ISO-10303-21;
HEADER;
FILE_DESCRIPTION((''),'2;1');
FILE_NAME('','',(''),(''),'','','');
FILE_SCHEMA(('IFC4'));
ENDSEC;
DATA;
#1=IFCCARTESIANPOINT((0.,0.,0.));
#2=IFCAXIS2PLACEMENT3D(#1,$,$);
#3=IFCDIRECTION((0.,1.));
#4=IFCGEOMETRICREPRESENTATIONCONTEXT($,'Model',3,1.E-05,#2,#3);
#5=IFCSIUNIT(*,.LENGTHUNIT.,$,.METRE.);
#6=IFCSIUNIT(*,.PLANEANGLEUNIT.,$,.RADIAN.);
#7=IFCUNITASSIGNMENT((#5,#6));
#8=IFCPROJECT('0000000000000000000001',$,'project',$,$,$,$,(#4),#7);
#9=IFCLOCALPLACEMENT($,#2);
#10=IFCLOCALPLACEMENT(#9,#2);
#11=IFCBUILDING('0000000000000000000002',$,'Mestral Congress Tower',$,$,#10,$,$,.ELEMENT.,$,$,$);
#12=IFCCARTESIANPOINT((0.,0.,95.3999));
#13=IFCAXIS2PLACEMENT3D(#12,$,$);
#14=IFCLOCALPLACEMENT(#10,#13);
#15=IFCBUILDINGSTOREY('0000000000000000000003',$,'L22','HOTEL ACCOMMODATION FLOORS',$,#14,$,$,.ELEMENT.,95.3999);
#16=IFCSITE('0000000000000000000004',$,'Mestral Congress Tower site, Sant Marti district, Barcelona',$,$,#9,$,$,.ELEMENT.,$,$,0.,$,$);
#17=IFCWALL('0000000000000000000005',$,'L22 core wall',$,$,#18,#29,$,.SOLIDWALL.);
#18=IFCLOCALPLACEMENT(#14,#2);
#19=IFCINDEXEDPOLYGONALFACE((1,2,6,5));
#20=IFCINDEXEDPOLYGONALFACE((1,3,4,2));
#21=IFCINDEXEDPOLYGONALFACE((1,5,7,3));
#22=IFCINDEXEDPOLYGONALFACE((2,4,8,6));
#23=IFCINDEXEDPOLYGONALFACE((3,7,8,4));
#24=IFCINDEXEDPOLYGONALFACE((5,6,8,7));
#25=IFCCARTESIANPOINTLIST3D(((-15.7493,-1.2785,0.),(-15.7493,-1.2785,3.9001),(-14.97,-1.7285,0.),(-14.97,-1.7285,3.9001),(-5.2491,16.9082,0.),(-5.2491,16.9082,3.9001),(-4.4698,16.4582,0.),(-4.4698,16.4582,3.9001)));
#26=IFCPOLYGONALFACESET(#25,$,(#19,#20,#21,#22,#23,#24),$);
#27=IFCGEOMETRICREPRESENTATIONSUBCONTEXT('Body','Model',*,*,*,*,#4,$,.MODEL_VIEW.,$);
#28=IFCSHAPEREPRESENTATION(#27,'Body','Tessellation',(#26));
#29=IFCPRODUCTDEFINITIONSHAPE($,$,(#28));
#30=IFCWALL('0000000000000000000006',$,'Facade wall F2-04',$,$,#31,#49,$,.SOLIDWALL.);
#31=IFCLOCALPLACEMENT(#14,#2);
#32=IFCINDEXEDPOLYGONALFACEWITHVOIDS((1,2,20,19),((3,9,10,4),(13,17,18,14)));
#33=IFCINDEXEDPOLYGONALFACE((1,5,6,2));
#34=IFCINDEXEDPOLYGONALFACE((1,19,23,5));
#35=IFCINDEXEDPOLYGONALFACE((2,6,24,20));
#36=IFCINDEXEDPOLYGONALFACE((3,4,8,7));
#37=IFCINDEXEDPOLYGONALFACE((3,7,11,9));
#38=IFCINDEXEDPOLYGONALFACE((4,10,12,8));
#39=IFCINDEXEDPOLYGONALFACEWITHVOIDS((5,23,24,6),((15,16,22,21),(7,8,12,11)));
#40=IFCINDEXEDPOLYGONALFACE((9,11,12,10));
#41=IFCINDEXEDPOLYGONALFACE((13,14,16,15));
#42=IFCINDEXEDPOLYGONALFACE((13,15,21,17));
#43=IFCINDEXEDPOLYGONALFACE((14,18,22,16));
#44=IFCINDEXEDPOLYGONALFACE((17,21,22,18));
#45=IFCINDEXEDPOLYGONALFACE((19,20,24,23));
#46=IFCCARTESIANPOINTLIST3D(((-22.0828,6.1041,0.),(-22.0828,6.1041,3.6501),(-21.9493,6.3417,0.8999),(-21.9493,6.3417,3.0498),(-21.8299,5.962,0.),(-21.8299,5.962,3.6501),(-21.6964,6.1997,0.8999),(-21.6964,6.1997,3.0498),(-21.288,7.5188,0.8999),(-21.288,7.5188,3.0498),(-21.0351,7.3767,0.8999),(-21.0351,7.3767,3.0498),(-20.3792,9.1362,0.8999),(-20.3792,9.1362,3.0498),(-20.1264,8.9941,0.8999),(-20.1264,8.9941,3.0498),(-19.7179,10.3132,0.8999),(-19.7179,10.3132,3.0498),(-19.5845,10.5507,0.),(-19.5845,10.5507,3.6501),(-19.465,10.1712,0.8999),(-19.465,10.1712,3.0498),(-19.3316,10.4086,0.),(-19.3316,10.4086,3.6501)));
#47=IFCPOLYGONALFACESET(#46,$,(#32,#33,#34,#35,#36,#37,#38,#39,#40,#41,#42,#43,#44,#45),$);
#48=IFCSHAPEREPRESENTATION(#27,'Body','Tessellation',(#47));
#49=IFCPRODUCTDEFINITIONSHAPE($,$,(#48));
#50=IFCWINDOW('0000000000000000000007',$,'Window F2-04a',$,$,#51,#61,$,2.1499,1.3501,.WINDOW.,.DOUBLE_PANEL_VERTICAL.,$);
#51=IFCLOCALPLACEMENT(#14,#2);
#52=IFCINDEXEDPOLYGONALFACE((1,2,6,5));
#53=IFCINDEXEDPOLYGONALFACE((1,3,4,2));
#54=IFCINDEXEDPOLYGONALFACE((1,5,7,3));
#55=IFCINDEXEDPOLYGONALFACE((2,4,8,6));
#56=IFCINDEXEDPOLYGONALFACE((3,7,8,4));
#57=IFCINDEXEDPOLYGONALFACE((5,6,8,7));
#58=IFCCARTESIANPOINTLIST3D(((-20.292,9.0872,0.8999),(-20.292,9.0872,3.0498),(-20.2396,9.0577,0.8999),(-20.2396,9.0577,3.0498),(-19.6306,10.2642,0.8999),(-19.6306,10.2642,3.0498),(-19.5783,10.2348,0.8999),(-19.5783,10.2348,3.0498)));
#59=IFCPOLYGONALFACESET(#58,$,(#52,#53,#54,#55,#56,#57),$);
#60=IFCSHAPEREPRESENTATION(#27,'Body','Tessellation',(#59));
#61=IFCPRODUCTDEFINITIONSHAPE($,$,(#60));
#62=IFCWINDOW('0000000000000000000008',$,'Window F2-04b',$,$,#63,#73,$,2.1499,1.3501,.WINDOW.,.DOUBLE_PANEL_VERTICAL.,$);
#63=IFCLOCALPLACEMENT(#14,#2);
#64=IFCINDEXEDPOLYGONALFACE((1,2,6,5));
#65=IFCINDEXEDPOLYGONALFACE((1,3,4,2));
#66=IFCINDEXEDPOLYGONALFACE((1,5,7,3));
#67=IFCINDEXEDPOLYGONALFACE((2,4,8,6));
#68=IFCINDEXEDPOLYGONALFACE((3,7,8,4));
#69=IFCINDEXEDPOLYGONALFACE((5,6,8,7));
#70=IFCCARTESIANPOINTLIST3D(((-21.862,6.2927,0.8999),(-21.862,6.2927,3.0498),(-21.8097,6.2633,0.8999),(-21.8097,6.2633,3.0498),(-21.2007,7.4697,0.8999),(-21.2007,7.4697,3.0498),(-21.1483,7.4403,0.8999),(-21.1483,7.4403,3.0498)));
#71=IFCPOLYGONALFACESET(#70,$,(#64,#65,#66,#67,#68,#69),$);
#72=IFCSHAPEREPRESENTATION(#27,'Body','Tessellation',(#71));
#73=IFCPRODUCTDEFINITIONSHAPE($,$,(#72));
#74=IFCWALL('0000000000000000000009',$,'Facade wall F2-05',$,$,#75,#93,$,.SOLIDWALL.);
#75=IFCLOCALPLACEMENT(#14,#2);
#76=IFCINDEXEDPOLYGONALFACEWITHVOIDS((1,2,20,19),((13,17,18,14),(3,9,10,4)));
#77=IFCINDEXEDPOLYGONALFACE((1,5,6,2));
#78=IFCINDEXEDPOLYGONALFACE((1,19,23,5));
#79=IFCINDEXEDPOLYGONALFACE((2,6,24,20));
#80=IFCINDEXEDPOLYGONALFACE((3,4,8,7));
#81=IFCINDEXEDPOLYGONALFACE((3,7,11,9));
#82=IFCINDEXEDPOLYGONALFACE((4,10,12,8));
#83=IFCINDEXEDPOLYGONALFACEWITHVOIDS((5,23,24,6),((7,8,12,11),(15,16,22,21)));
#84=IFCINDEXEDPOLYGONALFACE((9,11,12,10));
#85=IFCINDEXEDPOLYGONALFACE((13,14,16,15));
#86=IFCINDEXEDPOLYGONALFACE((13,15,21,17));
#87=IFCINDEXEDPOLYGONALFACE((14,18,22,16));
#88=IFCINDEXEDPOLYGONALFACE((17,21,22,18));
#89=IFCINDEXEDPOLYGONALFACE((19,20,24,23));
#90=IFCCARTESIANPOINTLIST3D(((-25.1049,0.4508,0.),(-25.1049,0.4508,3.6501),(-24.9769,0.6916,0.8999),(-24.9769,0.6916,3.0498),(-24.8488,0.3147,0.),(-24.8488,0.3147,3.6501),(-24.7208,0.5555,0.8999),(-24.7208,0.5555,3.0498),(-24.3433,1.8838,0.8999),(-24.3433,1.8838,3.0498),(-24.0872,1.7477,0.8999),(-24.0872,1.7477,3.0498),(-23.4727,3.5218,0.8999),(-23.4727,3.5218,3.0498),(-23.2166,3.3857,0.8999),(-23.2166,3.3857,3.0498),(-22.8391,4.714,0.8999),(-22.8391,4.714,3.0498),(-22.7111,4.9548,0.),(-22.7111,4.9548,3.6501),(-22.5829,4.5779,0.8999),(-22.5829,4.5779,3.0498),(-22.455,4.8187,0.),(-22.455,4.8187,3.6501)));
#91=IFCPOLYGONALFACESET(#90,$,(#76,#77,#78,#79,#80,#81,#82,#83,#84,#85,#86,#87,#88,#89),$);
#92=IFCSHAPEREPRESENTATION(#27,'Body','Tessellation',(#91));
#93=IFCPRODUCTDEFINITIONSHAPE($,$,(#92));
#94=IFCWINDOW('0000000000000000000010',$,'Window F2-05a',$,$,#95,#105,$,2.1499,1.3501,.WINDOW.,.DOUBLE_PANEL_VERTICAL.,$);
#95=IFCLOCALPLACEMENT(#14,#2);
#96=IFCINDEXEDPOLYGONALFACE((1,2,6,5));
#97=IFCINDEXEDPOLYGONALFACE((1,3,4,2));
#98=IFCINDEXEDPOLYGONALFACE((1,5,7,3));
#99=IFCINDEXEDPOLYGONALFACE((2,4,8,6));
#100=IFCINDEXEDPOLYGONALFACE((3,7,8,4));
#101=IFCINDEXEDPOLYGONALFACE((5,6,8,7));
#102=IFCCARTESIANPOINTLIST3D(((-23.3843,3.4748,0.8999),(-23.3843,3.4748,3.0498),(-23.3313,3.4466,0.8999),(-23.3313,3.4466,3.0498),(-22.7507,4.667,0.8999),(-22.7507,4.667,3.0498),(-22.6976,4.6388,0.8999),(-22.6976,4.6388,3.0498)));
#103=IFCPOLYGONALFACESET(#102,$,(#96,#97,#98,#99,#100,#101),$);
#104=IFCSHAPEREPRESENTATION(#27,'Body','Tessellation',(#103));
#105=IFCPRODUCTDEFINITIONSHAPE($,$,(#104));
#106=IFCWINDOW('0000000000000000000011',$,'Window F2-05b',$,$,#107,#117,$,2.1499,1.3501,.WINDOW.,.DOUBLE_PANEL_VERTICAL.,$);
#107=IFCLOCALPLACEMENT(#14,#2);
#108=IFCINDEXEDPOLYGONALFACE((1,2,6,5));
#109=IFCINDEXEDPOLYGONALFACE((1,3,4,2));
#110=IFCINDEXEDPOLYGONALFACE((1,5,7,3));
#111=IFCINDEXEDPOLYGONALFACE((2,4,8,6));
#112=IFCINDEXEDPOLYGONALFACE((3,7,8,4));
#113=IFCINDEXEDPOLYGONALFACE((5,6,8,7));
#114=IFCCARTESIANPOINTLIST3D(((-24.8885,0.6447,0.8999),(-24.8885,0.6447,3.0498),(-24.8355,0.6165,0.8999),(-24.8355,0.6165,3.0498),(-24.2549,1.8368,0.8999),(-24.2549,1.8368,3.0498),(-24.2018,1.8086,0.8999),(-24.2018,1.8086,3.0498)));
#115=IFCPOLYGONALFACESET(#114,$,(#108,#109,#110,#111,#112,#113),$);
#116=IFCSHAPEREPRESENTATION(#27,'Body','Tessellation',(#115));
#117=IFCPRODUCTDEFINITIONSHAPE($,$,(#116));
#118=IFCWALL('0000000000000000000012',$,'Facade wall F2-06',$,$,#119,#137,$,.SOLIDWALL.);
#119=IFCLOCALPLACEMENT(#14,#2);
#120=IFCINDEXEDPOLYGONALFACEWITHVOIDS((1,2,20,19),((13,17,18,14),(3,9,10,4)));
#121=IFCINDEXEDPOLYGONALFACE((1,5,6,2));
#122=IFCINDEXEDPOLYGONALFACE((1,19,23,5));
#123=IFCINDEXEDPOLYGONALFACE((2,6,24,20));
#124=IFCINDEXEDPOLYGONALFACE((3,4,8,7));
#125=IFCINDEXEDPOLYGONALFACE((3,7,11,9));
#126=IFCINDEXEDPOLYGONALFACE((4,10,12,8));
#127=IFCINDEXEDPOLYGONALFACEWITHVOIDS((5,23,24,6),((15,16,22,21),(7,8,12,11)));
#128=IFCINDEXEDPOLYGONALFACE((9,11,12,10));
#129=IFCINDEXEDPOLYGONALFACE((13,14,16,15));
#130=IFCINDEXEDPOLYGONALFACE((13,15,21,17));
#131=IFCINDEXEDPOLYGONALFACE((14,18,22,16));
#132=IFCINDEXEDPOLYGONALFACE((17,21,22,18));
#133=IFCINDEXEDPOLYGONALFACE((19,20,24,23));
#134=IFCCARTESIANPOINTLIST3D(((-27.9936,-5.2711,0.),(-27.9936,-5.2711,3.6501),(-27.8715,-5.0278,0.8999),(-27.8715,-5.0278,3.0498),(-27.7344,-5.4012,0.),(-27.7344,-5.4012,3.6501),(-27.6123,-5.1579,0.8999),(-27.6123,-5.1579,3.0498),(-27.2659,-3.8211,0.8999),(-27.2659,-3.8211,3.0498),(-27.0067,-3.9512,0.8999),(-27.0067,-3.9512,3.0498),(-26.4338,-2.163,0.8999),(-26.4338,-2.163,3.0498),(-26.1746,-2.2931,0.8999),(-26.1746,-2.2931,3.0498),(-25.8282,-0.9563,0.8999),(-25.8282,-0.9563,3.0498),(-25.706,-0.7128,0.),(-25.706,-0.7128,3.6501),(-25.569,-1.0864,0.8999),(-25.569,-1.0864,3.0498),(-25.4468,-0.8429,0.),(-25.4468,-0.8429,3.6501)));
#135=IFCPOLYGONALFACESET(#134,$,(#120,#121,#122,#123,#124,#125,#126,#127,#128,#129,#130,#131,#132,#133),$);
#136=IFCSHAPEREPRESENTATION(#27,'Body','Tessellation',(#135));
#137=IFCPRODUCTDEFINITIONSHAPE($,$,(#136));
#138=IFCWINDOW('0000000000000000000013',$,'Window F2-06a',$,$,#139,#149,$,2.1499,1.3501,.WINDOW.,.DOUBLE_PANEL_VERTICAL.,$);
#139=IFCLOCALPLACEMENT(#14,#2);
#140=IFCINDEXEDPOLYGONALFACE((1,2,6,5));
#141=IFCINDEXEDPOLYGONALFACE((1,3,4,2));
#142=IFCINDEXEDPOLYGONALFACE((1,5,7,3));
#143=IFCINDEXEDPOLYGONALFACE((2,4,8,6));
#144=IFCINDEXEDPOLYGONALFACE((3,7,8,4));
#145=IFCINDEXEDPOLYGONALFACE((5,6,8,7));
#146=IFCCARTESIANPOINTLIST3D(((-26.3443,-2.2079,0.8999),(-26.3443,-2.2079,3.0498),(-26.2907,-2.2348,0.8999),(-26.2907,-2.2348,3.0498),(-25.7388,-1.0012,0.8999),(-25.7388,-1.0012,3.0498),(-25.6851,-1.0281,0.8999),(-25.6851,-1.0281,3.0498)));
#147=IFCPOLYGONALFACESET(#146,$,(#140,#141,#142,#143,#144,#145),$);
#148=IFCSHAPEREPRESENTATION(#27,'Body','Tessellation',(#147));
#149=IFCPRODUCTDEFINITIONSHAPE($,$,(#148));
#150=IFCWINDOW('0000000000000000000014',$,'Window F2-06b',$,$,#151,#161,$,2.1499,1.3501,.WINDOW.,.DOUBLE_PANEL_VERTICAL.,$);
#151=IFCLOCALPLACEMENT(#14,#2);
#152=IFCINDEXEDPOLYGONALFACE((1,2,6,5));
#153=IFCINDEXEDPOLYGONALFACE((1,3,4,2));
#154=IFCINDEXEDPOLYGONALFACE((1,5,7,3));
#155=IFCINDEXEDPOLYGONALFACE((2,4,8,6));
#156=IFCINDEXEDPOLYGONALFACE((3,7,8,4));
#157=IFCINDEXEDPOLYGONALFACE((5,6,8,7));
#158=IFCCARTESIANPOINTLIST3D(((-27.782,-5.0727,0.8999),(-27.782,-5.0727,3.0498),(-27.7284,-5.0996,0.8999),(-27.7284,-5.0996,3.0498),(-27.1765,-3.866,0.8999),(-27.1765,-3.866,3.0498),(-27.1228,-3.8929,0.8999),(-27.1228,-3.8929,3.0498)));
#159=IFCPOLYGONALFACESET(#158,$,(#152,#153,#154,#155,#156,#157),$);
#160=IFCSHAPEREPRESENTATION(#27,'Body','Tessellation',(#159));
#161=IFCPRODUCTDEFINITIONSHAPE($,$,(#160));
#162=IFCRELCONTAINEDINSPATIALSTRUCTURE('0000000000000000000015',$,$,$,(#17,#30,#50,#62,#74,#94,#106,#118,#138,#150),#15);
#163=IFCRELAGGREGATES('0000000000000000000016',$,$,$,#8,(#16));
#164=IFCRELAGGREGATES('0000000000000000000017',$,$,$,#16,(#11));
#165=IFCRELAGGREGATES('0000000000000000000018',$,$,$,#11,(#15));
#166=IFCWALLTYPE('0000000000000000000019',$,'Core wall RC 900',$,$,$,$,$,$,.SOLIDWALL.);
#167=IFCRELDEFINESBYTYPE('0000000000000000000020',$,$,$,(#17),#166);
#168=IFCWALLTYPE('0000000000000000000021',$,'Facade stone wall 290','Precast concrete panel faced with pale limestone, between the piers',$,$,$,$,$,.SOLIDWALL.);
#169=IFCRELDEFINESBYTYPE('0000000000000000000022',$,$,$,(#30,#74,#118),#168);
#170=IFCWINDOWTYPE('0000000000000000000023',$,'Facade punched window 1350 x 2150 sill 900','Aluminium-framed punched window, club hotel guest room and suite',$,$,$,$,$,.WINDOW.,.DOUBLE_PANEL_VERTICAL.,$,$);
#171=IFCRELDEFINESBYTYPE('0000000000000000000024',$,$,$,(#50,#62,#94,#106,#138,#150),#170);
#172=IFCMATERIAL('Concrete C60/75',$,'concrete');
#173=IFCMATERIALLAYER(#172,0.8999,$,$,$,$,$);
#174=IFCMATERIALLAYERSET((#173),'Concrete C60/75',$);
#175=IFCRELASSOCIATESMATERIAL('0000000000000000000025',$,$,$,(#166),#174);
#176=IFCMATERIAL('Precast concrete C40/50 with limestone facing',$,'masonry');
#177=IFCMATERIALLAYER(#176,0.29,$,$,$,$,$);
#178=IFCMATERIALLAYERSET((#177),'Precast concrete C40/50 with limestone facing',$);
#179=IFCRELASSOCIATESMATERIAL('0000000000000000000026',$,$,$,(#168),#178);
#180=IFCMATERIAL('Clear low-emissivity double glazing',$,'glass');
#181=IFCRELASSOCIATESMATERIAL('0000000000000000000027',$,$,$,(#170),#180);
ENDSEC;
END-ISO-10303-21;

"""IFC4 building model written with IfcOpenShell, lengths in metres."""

from ifc_helpers import new_model, si_unit, direction, frame, frame_2d, origin, place, context, subcontext, project, spatial, rectangle, extrude, material, layer, layer_set, type_object, element, fill, save


model = new_model("IFC4")

# Units and contexts
model_context = context("Model", 3, precision=1e-05, world=origin(), true_north=direction((0.0, 1.0)))
body_context = subcontext(model_context, "Body", "Model", "MODEL_VIEW")
ifc_project = project(units=[si_unit("LENGTHUNIT", "METRE"), si_unit("PLANEANGLEUNIT", "RADIAN")], contexts=[model_context])

# Site, building, storey
site_placement = place(None, origin())
site = spatial("IfcSite", under=ifc_project, at=site_placement, Name="Mestral Congress Tower site, Sant Marti district, Barcelona", CompositionType="ELEMENT", RefElevation=0.0)
building_placement = place(site_placement, origin())
building = spatial("IfcBuilding", under=site, at=building_placement, Name="Mestral Congress Tower", CompositionType="ELEMENT")
storey_placement = place(building_placement, frame((0.0, 0.0, 95.3999)))
storey = spatial("IfcBuildingStorey", under=building, at=storey_placement, Name="L22", Description="HOTEL ACCOMMODATION FLOORS", CompositionType="ELEMENT", Elevation=95.3999)

# Wall
ifc_material_1 = material(Name="Concrete C60/75", Category="concrete")
ifc_layer_1 = layer(ifc_material_1, 0.8999)
ifc_layer_set_1 = layer_set([ifc_layer_1], Name="Concrete C60/75")
wall_type_1 = type_object("IfcWallType", Name="Core wall RC 900", PredefinedType="SOLIDWALL", material=ifc_layer_set_1)
wall_1_placement = place(storey_placement, frame((-15.3596, -1.5034, 0.0), z_axis=(0.0, 0.0, 1.0), x_axis=(0.500004, 0.866023, 0.0)))
element("IfcWall", 1, at=wall_1_placement, inside=storey, type_object=wall_type_1, Name="L22 core wall", PredefinedType="SOLIDWALL", context=body_context, shape_type="SweptSolid", body=[
    extrude(rectangle(XDim=21.0002, YDim=0.8999, at=frame_2d((10.5, 0.0))), origin(), (0.0, 0.0, 1.0), 3.9001),
])

# Walls, openings, windows
ifc_material_2 = material(Name="Precast concrete C40/50 with limestone facing", Category="masonry")
ifc_layer_2 = layer(ifc_material_2, 0.29)
ifc_layer_set_2 = layer_set([ifc_layer_2], Name="Precast concrete C40/50 with limestone facing")
wall_type_2 = type_object("IfcWallType", Name="Facade stone wall 290", Description="Precast concrete panel faced with pale limestone, between the piers", PredefinedType="SOLIDWALL", material=ifc_layer_set_2)
wall_2_placement = place(storey_placement, frame((-19.458, 10.4797, 0.0), z_axis=(0.0, 0.0, 1.0), x_axis=(-0.489832, -0.871817, 0.0)))
wall_2 = element("IfcWall", 2, at=wall_2_placement, inside=storey, type_object=wall_type_2, Name="Facade wall F2-04", PredefinedType="SOLIDWALL", context=body_context, shape_type="SweptSolid", body=[
    extrude(rectangle(XDim=5.1003, YDim=0.29, at=frame_2d((2.5503, 0.0))), origin(), (0.0, 0.0, 1.0), 3.6501),
])
opening_1_placement = place(wall_2_placement, frame((0.2725, 0.0, 0.8999)))
opening_1 = element("IfcOpeningElement", 3, at=opening_1_placement, cuts=wall_2, PredefinedType="OPENING", context=body_context, shape_type="SweptSolid", body=[
    extrude(rectangle(XDim=1.3501, YDim=2.1499, at=frame_2d((0.675, 1.075))), frame((0.0, 0.155, 0.0), z_axis=(0.0, -1.0, 0.0), x_axis=(1.0, 0.0, 0.0)), (0.0, 0.0, 1.0), 0.3101),
])
opening_2_placement = place(wall_2_placement, frame((3.4778, 0.0, 0.8999)))
opening_2 = element("IfcOpeningElement", 4, at=opening_2_placement, cuts=wall_2, PredefinedType="OPENING", context=body_context, shape_type="SweptSolid", body=[
    extrude(rectangle(XDim=1.3501, YDim=2.1499, at=frame_2d((0.675, 1.075))), frame((0.0, 0.155, 0.0), z_axis=(0.0, -1.0, 0.0), x_axis=(1.0, 0.0, 0.0)), (0.0, 0.0, 1.0), 0.3101),
])
ifc_material_3 = material(Name="Clear low-emissivity double glazing", Category="glass")
window_type = type_object("IfcWindowType", Name="Facade punched window 1350 x 2150 sill 900", Description="Aluminium-framed punched window, club hotel guest room and suite", PartitioningType="DOUBLE_PANEL_VERTICAL", PredefinedType="WINDOW", material=ifc_material_3)
window_1_placement = place(opening_1_placement, origin())
window_1 = element("IfcWindow", 5, at=window_1_placement, inside=storey, type_object=window_type, Name="Window F2-04a", OverallHeight=2.1499, OverallWidth=1.3501, PartitioningType="DOUBLE_PANEL_VERTICAL", PredefinedType="WINDOW", context=body_context, shape_type="SweptSolid", body=[
    extrude(rectangle(XDim=1.3501, YDim=2.1499, at=frame_2d((0.675, 1.075))), frame((0.0, 0.0151, 0.0), z_axis=(0.0, -1.0, 0.0), x_axis=(1.0, 0.0, 0.0)), (0.0, 0.0, 1.0), 0.0601),
])
fill(opening_1, window_1)
window_2_placement = place(opening_2_placement, origin())
window_2 = element("IfcWindow", 6, at=window_2_placement, inside=storey, type_object=window_type, Name="Window F2-04b", OverallHeight=2.1499, OverallWidth=1.3501, PartitioningType="DOUBLE_PANEL_VERTICAL", PredefinedType="WINDOW", context=body_context, shape_type="SweptSolid", body=[
    extrude(rectangle(XDim=1.3501, YDim=2.1499, at=frame_2d((0.675, 1.075))), frame((0.0, 0.0151, 0.0), z_axis=(0.0, -1.0, 0.0), x_axis=(1.0, 0.0, 0.0)), (0.0, 0.0, 1.0), 0.0601),
])
fill(opening_2, window_2)
wall_3_placement = place(storey_placement, frame((-22.583, 4.8867, 0.0), z_axis=(0.0, 0.0, 1.0), x_axis=(-0.469323, -0.883026, 0.0)))
wall_3 = element("IfcWall", 7, at=wall_3_placement, inside=storey, type_object=wall_type_2, Name="Facade wall F2-05", PredefinedType="SOLIDWALL", context=body_context, shape_type="SweptSolid", body=[
    extrude(rectangle(XDim=5.1006, YDim=0.29, at=frame_2d((2.5503, 0.0))), origin(), (0.0, 0.0, 1.0), 3.6501),
])
opening_3_placement = place(wall_3_placement, frame((0.2727, 0.0, 0.8999)))
opening_3 = element("IfcOpeningElement", 8, at=opening_3_placement, cuts=wall_3, PredefinedType="OPENING", context=body_context, shape_type="SweptSolid", body=[
    extrude(rectangle(XDim=1.3501, YDim=2.1499, at=frame_2d((0.675, 1.075))), frame((0.0, 0.155, 0.0), z_axis=(0.0, -1.0, 0.0), x_axis=(1.0, 0.0, 0.0)), (0.0, 0.0, 1.0), 0.3101),
])
opening_4_placement = place(wall_3_placement, frame((3.4778, 0.0, 0.8999)))
opening_4 = element("IfcOpeningElement", 9, at=opening_4_placement, cuts=wall_3, PredefinedType="OPENING", context=body_context, shape_type="SweptSolid", body=[
    extrude(rectangle(XDim=1.3501, YDim=2.1499, at=frame_2d((0.675, 1.075))), frame((0.0, 0.155, 0.0), z_axis=(0.0, -1.0, 0.0), x_axis=(1.0, 0.0, 0.0)), (0.0, 0.0, 1.0), 0.3101),
])
window_3_placement = place(opening_3_placement, origin())
window_3 = element("IfcWindow", 10, at=window_3_placement, inside=storey, type_object=window_type, Name="Window F2-05a", OverallHeight=2.1499, OverallWidth=1.3501, PartitioningType="DOUBLE_PANEL_VERTICAL", PredefinedType="WINDOW", context=body_context, shape_type="SweptSolid", body=[
    extrude(rectangle(XDim=1.3501, YDim=2.1499, at=frame_2d((0.675, 1.075))), frame((0.0, 0.0151, 0.0), z_axis=(0.0, -1.0, 0.0), x_axis=(1.0, 0.0, 0.0)), (0.0, 0.0, 1.0), 0.0601),
])
fill(opening_3, window_3)
window_4_placement = place(opening_4_placement, origin())
window_4 = element("IfcWindow", 11, at=window_4_placement, inside=storey, type_object=window_type, Name="Window F2-05b", OverallHeight=2.1499, OverallWidth=1.3501, PartitioningType="DOUBLE_PANEL_VERTICAL", PredefinedType="WINDOW", context=body_context, shape_type="SweptSolid", body=[
    extrude(rectangle(XDim=1.3501, YDim=2.1499, at=frame_2d((0.675, 1.075))), frame((0.0, 0.0151, 0.0), z_axis=(0.0, -1.0, 0.0), x_axis=(1.0, 0.0, 0.0)), (0.0, 0.0, 1.0), 0.0601),
])
fill(opening_4, window_4)
wall_4_placement = place(storey_placement, frame((-25.5764, -0.7778, 0.0), z_axis=(0.0, 0.0, 1.0), x_axis=(-0.448534, -0.893766, 0.0)))
wall_4 = element("IfcWall", 12, at=wall_4_placement, inside=storey, type_object=wall_type_2, Name="Facade wall F2-06", PredefinedType="SOLIDWALL", context=body_context, shape_type="SweptSolid", body=[
    extrude(rectangle(XDim=5.1001, YDim=0.29, at=frame_2d((2.55, 0.0))), origin(), (0.0, 0.0, 1.0), 3.6501),
])
opening_5_placement = place(wall_4_placement, frame((0.2725, 0.0, 0.8999)))
opening_5 = element("IfcOpeningElement", 13, at=opening_5_placement, cuts=wall_4, PredefinedType="OPENING", context=body_context, shape_type="SweptSolid", body=[
    extrude(rectangle(XDim=1.3501, YDim=2.1499, at=frame_2d((0.675, 1.075))), frame((0.0, 0.155, 0.0), z_axis=(0.0, -1.0, 0.0), x_axis=(1.0, 0.0, 0.0)), (0.0, 0.0, 1.0), 0.3101),
])
opening_6_placement = place(wall_4_placement, frame((3.4778, 0.0, 0.8999)))
opening_6 = element("IfcOpeningElement", 14, at=opening_6_placement, cuts=wall_4, PredefinedType="OPENING", context=body_context, shape_type="SweptSolid", body=[
    extrude(rectangle(XDim=1.3501, YDim=2.1499, at=frame_2d((0.675, 1.075))), frame((0.0, 0.155, 0.0), z_axis=(0.0, -1.0, 0.0), x_axis=(1.0, 0.0, 0.0)), (0.0, 0.0, 1.0), 0.3101),
])
window_5_placement = place(opening_5_placement, origin())
window_5 = element("IfcWindow", 15, at=window_5_placement, inside=storey, type_object=window_type, Name="Window F2-06a", OverallHeight=2.1499, OverallWidth=1.3501, PartitioningType="DOUBLE_PANEL_VERTICAL", PredefinedType="WINDOW", context=body_context, shape_type="SweptSolid", body=[
    extrude(rectangle(XDim=1.3501, YDim=2.1499, at=frame_2d((0.675, 1.075))), frame((0.0, 0.0151, 0.0), z_axis=(0.0, -1.0, 0.0), x_axis=(1.0, 0.0, 0.0)), (0.0, 0.0, 1.0), 0.0601),
])
fill(opening_5, window_5)
window_6_placement = place(opening_6_placement, origin())
window_6 = element("IfcWindow", 16, at=window_6_placement, inside=storey, type_object=window_type, Name="Window F2-06b", OverallHeight=2.1499, OverallWidth=1.3501, PartitioningType="DOUBLE_PANEL_VERTICAL", PredefinedType="WINDOW", context=body_context, shape_type="SweptSolid", body=[
    extrude(rectangle(XDim=1.3501, YDim=2.1499, at=frame_2d((0.675, 1.075))), frame((0.0, 0.0151, 0.0), z_axis=(0.0, -1.0, 0.0), x_axis=(1.0, 0.0, 0.0)), (0.0, 0.0, 1.0), 0.0601),
])
fill(opening_6, window_6)

save(model, "model.ifc")
